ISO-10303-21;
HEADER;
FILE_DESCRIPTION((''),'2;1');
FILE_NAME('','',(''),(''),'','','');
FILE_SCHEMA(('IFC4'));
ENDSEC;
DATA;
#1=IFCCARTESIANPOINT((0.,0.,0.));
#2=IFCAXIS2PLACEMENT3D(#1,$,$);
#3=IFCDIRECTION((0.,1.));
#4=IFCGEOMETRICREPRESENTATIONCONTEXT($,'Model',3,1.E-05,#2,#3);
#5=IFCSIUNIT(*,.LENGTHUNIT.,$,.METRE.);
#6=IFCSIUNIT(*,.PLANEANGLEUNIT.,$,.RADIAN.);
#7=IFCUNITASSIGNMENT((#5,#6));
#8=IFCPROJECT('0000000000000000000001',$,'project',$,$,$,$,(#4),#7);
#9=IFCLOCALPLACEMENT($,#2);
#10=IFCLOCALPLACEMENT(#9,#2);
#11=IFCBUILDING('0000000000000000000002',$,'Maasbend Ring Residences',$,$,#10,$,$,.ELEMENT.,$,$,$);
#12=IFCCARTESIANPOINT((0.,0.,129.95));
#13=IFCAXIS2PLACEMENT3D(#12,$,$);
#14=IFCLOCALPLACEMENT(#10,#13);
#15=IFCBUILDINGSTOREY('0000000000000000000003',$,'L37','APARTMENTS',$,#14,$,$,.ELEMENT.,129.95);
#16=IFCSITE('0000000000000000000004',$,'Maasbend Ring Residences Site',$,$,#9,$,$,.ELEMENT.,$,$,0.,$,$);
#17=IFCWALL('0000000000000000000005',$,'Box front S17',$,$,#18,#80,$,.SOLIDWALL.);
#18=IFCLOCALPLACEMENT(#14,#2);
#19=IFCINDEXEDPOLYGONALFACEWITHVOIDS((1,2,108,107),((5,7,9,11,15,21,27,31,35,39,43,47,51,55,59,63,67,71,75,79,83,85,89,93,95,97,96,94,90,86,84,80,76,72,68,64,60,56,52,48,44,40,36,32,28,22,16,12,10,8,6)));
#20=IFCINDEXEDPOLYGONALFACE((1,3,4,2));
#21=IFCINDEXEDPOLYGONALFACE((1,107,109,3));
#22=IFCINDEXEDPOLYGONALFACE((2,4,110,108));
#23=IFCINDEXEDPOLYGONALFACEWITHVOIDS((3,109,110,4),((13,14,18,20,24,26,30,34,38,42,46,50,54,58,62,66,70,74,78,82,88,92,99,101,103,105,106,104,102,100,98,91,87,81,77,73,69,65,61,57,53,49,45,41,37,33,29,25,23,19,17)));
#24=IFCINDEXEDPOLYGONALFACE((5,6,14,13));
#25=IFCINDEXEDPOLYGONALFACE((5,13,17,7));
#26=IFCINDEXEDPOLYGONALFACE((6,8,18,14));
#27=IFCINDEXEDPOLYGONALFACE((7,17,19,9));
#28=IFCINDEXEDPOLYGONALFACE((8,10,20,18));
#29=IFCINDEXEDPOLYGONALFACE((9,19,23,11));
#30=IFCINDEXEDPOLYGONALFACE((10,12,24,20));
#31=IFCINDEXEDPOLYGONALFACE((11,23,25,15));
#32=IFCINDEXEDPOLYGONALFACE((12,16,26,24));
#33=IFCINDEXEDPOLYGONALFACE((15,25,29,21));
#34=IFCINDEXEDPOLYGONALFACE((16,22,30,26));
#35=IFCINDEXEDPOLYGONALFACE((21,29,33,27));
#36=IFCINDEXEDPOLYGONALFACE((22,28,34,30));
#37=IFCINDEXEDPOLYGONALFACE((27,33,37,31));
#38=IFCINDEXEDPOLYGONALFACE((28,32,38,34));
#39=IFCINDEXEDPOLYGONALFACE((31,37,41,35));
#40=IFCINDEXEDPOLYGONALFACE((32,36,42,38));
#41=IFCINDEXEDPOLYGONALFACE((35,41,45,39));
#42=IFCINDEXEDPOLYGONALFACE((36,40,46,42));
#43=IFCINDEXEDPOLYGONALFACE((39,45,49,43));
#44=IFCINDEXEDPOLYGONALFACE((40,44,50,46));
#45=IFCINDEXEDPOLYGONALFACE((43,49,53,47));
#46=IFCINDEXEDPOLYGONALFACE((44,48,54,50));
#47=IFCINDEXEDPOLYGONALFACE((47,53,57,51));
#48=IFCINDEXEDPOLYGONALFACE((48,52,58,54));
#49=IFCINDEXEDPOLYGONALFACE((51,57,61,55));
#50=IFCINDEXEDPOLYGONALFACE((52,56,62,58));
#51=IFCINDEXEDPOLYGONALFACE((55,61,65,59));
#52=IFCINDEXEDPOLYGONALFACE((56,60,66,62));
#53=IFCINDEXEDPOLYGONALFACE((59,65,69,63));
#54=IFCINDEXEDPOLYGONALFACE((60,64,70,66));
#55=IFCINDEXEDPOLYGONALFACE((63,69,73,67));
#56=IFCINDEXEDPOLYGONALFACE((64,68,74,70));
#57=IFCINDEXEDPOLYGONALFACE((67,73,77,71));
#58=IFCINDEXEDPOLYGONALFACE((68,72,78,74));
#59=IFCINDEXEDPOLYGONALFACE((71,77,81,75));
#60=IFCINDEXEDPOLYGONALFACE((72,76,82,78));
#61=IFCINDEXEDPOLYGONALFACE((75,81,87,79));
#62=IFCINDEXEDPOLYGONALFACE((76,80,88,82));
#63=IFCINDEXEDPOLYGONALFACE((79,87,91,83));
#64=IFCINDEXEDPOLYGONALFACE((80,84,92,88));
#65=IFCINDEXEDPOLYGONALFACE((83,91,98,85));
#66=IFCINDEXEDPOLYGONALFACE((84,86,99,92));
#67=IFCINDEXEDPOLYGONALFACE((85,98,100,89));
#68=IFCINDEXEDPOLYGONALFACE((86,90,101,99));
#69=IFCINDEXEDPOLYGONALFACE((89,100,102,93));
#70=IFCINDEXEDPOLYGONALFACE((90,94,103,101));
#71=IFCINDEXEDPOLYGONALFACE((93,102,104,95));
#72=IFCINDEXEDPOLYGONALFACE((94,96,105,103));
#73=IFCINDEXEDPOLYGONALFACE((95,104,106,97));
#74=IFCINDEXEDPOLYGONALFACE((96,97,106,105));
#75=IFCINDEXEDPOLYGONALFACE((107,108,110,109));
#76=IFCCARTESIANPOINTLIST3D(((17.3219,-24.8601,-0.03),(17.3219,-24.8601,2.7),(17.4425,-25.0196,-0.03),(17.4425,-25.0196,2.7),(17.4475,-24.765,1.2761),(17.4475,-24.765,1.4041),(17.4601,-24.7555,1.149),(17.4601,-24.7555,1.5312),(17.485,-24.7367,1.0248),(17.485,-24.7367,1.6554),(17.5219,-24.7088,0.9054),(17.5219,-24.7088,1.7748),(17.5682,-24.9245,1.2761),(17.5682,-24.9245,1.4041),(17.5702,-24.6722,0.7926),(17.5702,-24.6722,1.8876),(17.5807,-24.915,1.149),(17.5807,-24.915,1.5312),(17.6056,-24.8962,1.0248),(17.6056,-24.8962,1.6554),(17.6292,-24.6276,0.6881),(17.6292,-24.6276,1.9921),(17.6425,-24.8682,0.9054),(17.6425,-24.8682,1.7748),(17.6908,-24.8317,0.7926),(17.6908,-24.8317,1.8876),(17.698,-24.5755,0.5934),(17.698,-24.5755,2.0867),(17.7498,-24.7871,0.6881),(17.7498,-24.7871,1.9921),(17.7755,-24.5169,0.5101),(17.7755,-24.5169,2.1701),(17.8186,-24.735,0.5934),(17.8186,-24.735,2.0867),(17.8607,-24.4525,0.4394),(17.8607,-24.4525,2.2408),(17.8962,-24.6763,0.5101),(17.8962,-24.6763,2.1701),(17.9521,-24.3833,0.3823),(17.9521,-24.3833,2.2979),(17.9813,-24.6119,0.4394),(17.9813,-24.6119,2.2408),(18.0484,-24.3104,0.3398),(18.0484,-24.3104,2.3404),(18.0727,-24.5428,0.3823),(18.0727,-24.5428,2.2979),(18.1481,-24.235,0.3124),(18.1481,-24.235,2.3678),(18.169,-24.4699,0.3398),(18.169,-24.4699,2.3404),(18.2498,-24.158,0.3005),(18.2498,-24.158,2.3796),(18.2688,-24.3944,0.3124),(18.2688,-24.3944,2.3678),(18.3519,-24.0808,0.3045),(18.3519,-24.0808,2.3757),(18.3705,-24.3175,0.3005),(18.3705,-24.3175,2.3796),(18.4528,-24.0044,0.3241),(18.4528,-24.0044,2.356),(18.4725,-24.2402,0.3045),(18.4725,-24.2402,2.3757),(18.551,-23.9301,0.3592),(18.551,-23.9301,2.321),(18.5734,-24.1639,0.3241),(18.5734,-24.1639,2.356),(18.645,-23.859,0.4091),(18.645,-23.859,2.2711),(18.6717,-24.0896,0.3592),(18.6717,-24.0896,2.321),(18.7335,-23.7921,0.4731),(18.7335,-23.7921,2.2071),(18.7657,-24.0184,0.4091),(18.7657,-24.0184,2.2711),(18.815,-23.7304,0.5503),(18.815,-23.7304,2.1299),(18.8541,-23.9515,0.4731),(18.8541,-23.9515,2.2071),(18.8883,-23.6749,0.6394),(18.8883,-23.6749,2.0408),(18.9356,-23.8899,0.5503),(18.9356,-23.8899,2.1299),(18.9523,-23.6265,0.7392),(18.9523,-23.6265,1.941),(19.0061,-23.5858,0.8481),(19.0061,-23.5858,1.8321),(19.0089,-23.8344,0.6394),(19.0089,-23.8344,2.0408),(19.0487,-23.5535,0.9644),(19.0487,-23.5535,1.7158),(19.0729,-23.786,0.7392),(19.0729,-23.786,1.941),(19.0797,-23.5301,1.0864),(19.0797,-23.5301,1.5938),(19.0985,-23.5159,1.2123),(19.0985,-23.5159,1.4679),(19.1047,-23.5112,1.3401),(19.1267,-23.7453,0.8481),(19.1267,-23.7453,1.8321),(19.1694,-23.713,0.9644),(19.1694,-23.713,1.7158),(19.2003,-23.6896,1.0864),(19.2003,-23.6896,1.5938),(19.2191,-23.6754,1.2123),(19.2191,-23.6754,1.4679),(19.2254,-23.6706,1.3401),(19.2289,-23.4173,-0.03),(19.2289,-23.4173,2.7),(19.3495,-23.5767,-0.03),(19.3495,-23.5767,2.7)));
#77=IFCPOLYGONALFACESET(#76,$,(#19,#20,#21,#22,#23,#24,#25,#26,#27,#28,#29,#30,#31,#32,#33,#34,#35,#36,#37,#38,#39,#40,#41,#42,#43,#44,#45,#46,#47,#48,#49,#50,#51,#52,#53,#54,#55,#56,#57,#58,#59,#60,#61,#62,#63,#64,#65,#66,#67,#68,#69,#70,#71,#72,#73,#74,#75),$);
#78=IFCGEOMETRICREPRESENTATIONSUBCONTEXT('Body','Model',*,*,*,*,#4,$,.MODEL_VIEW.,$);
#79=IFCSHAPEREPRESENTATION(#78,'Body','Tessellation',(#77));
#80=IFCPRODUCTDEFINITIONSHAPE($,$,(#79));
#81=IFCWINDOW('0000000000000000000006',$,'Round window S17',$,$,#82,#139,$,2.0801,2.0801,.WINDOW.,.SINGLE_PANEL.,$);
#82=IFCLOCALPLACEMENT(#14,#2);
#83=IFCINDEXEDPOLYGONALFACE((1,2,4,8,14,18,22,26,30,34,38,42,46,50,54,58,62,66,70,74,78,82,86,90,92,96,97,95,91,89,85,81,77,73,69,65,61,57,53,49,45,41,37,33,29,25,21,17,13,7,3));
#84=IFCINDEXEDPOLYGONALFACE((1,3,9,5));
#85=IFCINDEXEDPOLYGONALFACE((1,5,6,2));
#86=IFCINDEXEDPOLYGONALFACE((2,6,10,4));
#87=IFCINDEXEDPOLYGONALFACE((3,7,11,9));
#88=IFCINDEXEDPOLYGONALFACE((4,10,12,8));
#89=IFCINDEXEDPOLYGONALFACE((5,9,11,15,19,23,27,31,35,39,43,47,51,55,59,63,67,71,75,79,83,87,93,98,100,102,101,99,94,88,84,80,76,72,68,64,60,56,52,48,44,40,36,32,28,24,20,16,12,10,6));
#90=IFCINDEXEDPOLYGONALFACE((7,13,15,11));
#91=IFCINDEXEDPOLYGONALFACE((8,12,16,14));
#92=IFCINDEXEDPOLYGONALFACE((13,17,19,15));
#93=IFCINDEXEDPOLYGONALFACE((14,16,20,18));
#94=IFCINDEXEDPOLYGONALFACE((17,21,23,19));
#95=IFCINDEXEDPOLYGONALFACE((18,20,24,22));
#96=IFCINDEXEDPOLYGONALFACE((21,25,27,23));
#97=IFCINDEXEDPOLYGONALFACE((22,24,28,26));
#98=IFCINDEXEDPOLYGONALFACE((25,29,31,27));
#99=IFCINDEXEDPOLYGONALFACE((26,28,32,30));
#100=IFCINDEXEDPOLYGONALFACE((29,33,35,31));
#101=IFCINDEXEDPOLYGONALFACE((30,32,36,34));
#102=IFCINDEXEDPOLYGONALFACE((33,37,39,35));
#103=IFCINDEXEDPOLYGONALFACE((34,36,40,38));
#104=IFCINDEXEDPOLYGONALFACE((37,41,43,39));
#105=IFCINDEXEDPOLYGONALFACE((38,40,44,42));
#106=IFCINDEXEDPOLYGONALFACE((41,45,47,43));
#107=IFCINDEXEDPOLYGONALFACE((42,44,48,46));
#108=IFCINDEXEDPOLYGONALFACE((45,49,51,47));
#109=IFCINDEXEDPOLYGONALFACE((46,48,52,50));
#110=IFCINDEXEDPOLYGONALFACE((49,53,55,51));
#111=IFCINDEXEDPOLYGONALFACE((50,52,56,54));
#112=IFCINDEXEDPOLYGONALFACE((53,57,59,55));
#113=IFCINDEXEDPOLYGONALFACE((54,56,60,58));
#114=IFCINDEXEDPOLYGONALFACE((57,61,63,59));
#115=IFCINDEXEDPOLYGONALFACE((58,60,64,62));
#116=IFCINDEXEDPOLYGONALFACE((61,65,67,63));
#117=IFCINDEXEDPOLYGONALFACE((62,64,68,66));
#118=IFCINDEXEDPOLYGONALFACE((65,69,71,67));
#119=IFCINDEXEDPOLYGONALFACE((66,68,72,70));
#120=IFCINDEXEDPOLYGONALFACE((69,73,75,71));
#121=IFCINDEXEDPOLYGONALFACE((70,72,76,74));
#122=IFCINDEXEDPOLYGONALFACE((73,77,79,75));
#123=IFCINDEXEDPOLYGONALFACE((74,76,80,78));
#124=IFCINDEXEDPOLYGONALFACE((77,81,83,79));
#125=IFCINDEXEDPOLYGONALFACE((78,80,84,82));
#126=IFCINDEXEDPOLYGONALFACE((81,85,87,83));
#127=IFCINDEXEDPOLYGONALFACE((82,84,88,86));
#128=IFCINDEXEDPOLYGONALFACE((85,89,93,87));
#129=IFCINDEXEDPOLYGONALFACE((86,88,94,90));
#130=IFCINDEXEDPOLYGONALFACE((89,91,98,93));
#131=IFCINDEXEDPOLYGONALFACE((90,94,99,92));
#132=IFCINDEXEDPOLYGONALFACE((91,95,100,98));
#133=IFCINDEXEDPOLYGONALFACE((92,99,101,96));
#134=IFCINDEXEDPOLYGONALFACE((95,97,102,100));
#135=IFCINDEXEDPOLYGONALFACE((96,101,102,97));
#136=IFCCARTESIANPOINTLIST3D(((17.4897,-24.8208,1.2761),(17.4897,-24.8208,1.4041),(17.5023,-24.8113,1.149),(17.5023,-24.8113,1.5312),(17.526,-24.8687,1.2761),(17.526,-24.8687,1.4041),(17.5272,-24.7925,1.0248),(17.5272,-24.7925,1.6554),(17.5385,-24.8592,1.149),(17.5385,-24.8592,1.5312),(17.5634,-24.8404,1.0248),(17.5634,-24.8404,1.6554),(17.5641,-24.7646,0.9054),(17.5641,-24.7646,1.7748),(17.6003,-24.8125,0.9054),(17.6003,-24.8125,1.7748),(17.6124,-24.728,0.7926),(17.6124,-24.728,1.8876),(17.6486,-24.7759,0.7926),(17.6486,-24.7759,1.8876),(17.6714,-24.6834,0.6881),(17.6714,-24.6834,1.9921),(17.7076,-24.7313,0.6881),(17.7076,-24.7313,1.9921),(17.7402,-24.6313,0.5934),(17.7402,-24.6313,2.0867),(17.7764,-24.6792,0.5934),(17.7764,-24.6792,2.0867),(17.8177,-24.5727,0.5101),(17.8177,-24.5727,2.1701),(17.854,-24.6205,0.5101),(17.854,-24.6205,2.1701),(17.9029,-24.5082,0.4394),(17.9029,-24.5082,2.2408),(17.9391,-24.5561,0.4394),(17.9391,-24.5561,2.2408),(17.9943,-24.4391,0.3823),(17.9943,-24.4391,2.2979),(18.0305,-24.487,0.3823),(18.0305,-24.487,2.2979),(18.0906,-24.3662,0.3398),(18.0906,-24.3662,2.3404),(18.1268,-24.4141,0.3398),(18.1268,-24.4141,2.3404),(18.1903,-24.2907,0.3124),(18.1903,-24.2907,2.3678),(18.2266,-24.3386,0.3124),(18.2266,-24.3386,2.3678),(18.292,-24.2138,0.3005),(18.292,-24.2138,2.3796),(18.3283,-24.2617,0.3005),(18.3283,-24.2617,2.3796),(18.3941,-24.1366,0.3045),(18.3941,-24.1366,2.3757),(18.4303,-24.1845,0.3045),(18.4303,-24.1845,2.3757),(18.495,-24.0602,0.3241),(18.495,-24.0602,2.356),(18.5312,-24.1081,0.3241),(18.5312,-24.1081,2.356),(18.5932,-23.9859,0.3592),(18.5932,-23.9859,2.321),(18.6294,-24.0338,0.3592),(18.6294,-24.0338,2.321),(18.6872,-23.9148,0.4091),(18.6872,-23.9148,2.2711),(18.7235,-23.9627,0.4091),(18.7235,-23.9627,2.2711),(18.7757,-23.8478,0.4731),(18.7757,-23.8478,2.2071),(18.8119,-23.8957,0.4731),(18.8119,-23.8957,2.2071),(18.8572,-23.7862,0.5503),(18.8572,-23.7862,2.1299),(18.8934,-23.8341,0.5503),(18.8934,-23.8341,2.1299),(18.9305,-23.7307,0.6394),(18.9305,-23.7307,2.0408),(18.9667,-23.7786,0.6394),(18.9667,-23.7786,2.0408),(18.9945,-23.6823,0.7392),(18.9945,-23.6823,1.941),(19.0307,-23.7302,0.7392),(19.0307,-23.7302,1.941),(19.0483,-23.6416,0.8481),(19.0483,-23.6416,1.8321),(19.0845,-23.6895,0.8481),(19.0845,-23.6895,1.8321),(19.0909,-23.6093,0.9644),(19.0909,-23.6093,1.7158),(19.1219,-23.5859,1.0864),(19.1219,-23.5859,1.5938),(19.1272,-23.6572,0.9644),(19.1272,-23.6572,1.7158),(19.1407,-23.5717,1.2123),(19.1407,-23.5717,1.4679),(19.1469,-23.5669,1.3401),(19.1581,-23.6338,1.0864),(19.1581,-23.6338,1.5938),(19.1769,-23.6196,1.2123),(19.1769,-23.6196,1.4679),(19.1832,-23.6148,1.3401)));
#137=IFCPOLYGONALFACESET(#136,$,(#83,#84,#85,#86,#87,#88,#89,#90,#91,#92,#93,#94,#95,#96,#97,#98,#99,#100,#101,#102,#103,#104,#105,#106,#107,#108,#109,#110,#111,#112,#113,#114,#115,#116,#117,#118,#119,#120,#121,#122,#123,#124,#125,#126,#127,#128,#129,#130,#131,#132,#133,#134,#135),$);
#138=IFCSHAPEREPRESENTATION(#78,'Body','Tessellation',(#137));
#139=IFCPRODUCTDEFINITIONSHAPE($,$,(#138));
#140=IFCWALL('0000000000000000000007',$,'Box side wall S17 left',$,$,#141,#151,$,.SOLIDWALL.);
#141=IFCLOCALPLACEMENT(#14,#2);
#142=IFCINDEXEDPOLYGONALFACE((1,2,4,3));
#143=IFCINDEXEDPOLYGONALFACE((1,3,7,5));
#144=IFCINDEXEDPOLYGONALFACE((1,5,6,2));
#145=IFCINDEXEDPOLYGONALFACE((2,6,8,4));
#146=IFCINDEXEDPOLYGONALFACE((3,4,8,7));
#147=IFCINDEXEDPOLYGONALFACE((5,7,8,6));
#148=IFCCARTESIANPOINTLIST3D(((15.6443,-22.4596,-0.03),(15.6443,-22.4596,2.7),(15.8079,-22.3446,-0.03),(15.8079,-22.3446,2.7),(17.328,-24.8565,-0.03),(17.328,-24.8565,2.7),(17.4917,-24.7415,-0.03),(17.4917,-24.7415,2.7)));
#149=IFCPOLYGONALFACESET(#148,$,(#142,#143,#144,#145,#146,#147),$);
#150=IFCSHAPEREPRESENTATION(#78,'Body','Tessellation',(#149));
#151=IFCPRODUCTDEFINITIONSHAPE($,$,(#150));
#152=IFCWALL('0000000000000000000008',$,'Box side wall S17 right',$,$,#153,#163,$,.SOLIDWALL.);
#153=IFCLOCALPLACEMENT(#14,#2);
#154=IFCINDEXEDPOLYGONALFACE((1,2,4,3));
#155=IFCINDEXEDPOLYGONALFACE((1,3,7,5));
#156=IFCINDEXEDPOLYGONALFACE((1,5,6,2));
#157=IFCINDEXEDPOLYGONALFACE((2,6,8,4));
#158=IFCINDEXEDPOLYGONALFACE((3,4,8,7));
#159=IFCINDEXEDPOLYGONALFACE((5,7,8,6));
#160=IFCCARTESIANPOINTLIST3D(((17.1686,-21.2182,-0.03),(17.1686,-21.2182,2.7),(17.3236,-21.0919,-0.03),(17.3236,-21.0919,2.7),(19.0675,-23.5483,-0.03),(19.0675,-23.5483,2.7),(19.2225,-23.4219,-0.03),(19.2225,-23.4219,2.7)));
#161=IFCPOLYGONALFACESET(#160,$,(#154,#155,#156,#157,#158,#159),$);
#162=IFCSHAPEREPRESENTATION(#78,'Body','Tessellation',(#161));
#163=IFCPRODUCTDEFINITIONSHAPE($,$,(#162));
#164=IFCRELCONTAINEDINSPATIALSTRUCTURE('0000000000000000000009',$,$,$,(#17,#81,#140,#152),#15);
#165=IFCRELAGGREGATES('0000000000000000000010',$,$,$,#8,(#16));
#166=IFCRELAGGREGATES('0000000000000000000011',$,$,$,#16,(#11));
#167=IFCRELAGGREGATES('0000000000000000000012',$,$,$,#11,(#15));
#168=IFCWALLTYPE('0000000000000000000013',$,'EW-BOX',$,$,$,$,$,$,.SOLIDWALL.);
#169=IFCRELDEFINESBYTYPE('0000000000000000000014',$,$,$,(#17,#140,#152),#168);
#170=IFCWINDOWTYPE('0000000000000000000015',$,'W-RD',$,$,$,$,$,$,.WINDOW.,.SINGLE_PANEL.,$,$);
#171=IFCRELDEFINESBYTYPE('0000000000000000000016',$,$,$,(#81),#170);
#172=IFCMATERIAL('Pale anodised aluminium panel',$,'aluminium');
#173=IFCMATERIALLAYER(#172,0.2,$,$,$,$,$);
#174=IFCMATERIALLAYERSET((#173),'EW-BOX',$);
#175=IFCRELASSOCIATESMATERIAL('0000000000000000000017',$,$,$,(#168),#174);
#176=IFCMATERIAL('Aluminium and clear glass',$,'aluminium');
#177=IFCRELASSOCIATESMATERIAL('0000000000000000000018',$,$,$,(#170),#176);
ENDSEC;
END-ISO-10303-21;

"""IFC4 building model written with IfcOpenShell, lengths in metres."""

from ifc_helpers import new_model, si_unit, direction, frame, frame_2d, origin, place, context, subcontext, project, spatial, rectangle, circle, extrude, material, layer, layer_set, type_object, element, fill, save


model = new_model("IFC4")

# Units and contexts
model_context = context("Model", 3, precision=1e-05, world=origin(), true_north=direction((0.0, 1.0)))
body_context = subcontext(model_context, "Body", "Model", "MODEL_VIEW")
ifc_project = project(units=[si_unit("LENGTHUNIT", "METRE"), si_unit("PLANEANGLEUNIT", "RADIAN")], contexts=[model_context])

# Site, building, storey
site_placement = place(None, origin())
site = spatial("IfcSite", under=ifc_project, at=site_placement, Name="Maasbend Ring Residences Site", CompositionType="ELEMENT", RefElevation=0.0)
building_placement = place(site_placement, origin())
building = spatial("IfcBuilding", under=site, at=building_placement, Name="Maasbend Ring Residences", CompositionType="ELEMENT")
storey_placement = place(building_placement, frame((0.0, 0.0, 129.95)))
storey = spatial("IfcBuildingStorey", under=building, at=storey_placement, Name="L37", Description="APARTMENTS", CompositionType="ELEMENT", Elevation=129.95)

# Shared definitions
ifc_material_1 = material(Name="Pale anodised aluminium panel", Category="aluminium")
ifc_layer_1 = layer(ifc_material_1, 0.2)
ifc_layer_set_1 = layer_set([ifc_layer_1], Name="EW-BOX")
wall_type_1 = type_object("IfcWallType", Name="EW-BOX", PredefinedType="SOLIDWALL", material=ifc_layer_set_1)
ifc_material_2 = material(Name="Aluminium and clear glass", Category="aluminium")
window_type_1 = type_object("IfcWindowType", Name="W-RD", PartitioningType="SINGLE_PANEL", PredefinedType="WINDOW", material=ifc_material_2)

# Wall, opening, window
wall_1_placement = place(storey_placement, frame((17.3821, -24.9399, -0.03), z_axis=(0.0, 0.0, 1.0), x_axis=(0.797457, 0.603376, 0.0)))
wall_1 = element("IfcWall", 1, at=wall_1_placement, inside=storey, type_object=wall_type_1, Name="Box front S17", PredefinedType="SOLIDWALL", context=body_context, shape_type="SweptSolid", body=[
    extrude(rectangle(XDim=2.3914, YDim=0.2, at=frame_2d((1.1958, 0.0))), origin(), (0.0, 0.0, 1.0), 2.73),
])
opening_1_placement = place(wall_1_placement, frame((0.1558, 0.0, 0.3301)))
opening_1 = element("IfcOpeningElement", 2, at=opening_1_placement, cuts=wall_1, PredefinedType="OPENING", context=body_context, shape_type="SweptSolid", body=[
    extrude(circle(Radius=1.04, at=frame_2d((1.04, 1.04))), frame((0.0, 0.1099, 0.0), z_axis=(0.0, -1.0, 0.0), x_axis=(1.0, 0.0, 0.0)), (0.0, 0.0, 1.0), 0.22),
])
window_1_placement = place(opening_1_placement, origin())
window_1 = element("IfcWindow", 3, at=window_1_placement, inside=storey, type_object=window_type_1, Name="Round window S17", OverallHeight=2.0801, OverallWidth=2.0801, PartitioningType="SINGLE_PANEL", PredefinedType="WINDOW", context=body_context, shape_type="SweptSolid", body=[
    extrude(circle(Radius=1.04, at=frame_2d((1.04, 1.04))), frame((0.0, 0.03, 0.0), z_axis=(0.0, -1.0, 0.0), x_axis=(1.0, 0.0, 0.0)), (0.0, 0.0, 1.0), 0.0601),
])
fill(opening_1, window_1)

# Walls
wall_2_placement = place(storey_placement, frame((15.7261, -22.4021, -0.03), z_axis=(0.0, 0.0, 1.0), x_axis=(0.574826, -0.818275, 0.0)))
element("IfcWall", 4, at=wall_2_placement, inside=storey, type_object=wall_type_1, Name="Box side wall S17 left", PredefinedType="SOLIDWALL", context=body_context, shape_type="SweptSolid", body=[
    extrude(rectangle(XDim=2.9292, YDim=0.2, at=frame_2d((1.4646, 0.0))), origin(), (0.0, 0.0, 1.0), 2.73),
])
wall_3_placement = place(storey_placement, frame((17.2461, -21.155, -0.03), z_axis=(0.0, 0.0, 1.0), x_axis=(0.631742, -0.775179, 0.0)))
element("IfcWall", 5, at=wall_3_placement, inside=storey, type_object=wall_type_1, Name="Box side wall S17 right", PredefinedType="SOLIDWALL", context=body_context, shape_type="SweptSolid", body=[
    extrude(rectangle(XDim=3.0059, YDim=0.2, at=frame_2d((1.5029, 0.0))), origin(), (0.0, 0.0, 1.0), 2.73),
])

save(model, "model.ifc")
